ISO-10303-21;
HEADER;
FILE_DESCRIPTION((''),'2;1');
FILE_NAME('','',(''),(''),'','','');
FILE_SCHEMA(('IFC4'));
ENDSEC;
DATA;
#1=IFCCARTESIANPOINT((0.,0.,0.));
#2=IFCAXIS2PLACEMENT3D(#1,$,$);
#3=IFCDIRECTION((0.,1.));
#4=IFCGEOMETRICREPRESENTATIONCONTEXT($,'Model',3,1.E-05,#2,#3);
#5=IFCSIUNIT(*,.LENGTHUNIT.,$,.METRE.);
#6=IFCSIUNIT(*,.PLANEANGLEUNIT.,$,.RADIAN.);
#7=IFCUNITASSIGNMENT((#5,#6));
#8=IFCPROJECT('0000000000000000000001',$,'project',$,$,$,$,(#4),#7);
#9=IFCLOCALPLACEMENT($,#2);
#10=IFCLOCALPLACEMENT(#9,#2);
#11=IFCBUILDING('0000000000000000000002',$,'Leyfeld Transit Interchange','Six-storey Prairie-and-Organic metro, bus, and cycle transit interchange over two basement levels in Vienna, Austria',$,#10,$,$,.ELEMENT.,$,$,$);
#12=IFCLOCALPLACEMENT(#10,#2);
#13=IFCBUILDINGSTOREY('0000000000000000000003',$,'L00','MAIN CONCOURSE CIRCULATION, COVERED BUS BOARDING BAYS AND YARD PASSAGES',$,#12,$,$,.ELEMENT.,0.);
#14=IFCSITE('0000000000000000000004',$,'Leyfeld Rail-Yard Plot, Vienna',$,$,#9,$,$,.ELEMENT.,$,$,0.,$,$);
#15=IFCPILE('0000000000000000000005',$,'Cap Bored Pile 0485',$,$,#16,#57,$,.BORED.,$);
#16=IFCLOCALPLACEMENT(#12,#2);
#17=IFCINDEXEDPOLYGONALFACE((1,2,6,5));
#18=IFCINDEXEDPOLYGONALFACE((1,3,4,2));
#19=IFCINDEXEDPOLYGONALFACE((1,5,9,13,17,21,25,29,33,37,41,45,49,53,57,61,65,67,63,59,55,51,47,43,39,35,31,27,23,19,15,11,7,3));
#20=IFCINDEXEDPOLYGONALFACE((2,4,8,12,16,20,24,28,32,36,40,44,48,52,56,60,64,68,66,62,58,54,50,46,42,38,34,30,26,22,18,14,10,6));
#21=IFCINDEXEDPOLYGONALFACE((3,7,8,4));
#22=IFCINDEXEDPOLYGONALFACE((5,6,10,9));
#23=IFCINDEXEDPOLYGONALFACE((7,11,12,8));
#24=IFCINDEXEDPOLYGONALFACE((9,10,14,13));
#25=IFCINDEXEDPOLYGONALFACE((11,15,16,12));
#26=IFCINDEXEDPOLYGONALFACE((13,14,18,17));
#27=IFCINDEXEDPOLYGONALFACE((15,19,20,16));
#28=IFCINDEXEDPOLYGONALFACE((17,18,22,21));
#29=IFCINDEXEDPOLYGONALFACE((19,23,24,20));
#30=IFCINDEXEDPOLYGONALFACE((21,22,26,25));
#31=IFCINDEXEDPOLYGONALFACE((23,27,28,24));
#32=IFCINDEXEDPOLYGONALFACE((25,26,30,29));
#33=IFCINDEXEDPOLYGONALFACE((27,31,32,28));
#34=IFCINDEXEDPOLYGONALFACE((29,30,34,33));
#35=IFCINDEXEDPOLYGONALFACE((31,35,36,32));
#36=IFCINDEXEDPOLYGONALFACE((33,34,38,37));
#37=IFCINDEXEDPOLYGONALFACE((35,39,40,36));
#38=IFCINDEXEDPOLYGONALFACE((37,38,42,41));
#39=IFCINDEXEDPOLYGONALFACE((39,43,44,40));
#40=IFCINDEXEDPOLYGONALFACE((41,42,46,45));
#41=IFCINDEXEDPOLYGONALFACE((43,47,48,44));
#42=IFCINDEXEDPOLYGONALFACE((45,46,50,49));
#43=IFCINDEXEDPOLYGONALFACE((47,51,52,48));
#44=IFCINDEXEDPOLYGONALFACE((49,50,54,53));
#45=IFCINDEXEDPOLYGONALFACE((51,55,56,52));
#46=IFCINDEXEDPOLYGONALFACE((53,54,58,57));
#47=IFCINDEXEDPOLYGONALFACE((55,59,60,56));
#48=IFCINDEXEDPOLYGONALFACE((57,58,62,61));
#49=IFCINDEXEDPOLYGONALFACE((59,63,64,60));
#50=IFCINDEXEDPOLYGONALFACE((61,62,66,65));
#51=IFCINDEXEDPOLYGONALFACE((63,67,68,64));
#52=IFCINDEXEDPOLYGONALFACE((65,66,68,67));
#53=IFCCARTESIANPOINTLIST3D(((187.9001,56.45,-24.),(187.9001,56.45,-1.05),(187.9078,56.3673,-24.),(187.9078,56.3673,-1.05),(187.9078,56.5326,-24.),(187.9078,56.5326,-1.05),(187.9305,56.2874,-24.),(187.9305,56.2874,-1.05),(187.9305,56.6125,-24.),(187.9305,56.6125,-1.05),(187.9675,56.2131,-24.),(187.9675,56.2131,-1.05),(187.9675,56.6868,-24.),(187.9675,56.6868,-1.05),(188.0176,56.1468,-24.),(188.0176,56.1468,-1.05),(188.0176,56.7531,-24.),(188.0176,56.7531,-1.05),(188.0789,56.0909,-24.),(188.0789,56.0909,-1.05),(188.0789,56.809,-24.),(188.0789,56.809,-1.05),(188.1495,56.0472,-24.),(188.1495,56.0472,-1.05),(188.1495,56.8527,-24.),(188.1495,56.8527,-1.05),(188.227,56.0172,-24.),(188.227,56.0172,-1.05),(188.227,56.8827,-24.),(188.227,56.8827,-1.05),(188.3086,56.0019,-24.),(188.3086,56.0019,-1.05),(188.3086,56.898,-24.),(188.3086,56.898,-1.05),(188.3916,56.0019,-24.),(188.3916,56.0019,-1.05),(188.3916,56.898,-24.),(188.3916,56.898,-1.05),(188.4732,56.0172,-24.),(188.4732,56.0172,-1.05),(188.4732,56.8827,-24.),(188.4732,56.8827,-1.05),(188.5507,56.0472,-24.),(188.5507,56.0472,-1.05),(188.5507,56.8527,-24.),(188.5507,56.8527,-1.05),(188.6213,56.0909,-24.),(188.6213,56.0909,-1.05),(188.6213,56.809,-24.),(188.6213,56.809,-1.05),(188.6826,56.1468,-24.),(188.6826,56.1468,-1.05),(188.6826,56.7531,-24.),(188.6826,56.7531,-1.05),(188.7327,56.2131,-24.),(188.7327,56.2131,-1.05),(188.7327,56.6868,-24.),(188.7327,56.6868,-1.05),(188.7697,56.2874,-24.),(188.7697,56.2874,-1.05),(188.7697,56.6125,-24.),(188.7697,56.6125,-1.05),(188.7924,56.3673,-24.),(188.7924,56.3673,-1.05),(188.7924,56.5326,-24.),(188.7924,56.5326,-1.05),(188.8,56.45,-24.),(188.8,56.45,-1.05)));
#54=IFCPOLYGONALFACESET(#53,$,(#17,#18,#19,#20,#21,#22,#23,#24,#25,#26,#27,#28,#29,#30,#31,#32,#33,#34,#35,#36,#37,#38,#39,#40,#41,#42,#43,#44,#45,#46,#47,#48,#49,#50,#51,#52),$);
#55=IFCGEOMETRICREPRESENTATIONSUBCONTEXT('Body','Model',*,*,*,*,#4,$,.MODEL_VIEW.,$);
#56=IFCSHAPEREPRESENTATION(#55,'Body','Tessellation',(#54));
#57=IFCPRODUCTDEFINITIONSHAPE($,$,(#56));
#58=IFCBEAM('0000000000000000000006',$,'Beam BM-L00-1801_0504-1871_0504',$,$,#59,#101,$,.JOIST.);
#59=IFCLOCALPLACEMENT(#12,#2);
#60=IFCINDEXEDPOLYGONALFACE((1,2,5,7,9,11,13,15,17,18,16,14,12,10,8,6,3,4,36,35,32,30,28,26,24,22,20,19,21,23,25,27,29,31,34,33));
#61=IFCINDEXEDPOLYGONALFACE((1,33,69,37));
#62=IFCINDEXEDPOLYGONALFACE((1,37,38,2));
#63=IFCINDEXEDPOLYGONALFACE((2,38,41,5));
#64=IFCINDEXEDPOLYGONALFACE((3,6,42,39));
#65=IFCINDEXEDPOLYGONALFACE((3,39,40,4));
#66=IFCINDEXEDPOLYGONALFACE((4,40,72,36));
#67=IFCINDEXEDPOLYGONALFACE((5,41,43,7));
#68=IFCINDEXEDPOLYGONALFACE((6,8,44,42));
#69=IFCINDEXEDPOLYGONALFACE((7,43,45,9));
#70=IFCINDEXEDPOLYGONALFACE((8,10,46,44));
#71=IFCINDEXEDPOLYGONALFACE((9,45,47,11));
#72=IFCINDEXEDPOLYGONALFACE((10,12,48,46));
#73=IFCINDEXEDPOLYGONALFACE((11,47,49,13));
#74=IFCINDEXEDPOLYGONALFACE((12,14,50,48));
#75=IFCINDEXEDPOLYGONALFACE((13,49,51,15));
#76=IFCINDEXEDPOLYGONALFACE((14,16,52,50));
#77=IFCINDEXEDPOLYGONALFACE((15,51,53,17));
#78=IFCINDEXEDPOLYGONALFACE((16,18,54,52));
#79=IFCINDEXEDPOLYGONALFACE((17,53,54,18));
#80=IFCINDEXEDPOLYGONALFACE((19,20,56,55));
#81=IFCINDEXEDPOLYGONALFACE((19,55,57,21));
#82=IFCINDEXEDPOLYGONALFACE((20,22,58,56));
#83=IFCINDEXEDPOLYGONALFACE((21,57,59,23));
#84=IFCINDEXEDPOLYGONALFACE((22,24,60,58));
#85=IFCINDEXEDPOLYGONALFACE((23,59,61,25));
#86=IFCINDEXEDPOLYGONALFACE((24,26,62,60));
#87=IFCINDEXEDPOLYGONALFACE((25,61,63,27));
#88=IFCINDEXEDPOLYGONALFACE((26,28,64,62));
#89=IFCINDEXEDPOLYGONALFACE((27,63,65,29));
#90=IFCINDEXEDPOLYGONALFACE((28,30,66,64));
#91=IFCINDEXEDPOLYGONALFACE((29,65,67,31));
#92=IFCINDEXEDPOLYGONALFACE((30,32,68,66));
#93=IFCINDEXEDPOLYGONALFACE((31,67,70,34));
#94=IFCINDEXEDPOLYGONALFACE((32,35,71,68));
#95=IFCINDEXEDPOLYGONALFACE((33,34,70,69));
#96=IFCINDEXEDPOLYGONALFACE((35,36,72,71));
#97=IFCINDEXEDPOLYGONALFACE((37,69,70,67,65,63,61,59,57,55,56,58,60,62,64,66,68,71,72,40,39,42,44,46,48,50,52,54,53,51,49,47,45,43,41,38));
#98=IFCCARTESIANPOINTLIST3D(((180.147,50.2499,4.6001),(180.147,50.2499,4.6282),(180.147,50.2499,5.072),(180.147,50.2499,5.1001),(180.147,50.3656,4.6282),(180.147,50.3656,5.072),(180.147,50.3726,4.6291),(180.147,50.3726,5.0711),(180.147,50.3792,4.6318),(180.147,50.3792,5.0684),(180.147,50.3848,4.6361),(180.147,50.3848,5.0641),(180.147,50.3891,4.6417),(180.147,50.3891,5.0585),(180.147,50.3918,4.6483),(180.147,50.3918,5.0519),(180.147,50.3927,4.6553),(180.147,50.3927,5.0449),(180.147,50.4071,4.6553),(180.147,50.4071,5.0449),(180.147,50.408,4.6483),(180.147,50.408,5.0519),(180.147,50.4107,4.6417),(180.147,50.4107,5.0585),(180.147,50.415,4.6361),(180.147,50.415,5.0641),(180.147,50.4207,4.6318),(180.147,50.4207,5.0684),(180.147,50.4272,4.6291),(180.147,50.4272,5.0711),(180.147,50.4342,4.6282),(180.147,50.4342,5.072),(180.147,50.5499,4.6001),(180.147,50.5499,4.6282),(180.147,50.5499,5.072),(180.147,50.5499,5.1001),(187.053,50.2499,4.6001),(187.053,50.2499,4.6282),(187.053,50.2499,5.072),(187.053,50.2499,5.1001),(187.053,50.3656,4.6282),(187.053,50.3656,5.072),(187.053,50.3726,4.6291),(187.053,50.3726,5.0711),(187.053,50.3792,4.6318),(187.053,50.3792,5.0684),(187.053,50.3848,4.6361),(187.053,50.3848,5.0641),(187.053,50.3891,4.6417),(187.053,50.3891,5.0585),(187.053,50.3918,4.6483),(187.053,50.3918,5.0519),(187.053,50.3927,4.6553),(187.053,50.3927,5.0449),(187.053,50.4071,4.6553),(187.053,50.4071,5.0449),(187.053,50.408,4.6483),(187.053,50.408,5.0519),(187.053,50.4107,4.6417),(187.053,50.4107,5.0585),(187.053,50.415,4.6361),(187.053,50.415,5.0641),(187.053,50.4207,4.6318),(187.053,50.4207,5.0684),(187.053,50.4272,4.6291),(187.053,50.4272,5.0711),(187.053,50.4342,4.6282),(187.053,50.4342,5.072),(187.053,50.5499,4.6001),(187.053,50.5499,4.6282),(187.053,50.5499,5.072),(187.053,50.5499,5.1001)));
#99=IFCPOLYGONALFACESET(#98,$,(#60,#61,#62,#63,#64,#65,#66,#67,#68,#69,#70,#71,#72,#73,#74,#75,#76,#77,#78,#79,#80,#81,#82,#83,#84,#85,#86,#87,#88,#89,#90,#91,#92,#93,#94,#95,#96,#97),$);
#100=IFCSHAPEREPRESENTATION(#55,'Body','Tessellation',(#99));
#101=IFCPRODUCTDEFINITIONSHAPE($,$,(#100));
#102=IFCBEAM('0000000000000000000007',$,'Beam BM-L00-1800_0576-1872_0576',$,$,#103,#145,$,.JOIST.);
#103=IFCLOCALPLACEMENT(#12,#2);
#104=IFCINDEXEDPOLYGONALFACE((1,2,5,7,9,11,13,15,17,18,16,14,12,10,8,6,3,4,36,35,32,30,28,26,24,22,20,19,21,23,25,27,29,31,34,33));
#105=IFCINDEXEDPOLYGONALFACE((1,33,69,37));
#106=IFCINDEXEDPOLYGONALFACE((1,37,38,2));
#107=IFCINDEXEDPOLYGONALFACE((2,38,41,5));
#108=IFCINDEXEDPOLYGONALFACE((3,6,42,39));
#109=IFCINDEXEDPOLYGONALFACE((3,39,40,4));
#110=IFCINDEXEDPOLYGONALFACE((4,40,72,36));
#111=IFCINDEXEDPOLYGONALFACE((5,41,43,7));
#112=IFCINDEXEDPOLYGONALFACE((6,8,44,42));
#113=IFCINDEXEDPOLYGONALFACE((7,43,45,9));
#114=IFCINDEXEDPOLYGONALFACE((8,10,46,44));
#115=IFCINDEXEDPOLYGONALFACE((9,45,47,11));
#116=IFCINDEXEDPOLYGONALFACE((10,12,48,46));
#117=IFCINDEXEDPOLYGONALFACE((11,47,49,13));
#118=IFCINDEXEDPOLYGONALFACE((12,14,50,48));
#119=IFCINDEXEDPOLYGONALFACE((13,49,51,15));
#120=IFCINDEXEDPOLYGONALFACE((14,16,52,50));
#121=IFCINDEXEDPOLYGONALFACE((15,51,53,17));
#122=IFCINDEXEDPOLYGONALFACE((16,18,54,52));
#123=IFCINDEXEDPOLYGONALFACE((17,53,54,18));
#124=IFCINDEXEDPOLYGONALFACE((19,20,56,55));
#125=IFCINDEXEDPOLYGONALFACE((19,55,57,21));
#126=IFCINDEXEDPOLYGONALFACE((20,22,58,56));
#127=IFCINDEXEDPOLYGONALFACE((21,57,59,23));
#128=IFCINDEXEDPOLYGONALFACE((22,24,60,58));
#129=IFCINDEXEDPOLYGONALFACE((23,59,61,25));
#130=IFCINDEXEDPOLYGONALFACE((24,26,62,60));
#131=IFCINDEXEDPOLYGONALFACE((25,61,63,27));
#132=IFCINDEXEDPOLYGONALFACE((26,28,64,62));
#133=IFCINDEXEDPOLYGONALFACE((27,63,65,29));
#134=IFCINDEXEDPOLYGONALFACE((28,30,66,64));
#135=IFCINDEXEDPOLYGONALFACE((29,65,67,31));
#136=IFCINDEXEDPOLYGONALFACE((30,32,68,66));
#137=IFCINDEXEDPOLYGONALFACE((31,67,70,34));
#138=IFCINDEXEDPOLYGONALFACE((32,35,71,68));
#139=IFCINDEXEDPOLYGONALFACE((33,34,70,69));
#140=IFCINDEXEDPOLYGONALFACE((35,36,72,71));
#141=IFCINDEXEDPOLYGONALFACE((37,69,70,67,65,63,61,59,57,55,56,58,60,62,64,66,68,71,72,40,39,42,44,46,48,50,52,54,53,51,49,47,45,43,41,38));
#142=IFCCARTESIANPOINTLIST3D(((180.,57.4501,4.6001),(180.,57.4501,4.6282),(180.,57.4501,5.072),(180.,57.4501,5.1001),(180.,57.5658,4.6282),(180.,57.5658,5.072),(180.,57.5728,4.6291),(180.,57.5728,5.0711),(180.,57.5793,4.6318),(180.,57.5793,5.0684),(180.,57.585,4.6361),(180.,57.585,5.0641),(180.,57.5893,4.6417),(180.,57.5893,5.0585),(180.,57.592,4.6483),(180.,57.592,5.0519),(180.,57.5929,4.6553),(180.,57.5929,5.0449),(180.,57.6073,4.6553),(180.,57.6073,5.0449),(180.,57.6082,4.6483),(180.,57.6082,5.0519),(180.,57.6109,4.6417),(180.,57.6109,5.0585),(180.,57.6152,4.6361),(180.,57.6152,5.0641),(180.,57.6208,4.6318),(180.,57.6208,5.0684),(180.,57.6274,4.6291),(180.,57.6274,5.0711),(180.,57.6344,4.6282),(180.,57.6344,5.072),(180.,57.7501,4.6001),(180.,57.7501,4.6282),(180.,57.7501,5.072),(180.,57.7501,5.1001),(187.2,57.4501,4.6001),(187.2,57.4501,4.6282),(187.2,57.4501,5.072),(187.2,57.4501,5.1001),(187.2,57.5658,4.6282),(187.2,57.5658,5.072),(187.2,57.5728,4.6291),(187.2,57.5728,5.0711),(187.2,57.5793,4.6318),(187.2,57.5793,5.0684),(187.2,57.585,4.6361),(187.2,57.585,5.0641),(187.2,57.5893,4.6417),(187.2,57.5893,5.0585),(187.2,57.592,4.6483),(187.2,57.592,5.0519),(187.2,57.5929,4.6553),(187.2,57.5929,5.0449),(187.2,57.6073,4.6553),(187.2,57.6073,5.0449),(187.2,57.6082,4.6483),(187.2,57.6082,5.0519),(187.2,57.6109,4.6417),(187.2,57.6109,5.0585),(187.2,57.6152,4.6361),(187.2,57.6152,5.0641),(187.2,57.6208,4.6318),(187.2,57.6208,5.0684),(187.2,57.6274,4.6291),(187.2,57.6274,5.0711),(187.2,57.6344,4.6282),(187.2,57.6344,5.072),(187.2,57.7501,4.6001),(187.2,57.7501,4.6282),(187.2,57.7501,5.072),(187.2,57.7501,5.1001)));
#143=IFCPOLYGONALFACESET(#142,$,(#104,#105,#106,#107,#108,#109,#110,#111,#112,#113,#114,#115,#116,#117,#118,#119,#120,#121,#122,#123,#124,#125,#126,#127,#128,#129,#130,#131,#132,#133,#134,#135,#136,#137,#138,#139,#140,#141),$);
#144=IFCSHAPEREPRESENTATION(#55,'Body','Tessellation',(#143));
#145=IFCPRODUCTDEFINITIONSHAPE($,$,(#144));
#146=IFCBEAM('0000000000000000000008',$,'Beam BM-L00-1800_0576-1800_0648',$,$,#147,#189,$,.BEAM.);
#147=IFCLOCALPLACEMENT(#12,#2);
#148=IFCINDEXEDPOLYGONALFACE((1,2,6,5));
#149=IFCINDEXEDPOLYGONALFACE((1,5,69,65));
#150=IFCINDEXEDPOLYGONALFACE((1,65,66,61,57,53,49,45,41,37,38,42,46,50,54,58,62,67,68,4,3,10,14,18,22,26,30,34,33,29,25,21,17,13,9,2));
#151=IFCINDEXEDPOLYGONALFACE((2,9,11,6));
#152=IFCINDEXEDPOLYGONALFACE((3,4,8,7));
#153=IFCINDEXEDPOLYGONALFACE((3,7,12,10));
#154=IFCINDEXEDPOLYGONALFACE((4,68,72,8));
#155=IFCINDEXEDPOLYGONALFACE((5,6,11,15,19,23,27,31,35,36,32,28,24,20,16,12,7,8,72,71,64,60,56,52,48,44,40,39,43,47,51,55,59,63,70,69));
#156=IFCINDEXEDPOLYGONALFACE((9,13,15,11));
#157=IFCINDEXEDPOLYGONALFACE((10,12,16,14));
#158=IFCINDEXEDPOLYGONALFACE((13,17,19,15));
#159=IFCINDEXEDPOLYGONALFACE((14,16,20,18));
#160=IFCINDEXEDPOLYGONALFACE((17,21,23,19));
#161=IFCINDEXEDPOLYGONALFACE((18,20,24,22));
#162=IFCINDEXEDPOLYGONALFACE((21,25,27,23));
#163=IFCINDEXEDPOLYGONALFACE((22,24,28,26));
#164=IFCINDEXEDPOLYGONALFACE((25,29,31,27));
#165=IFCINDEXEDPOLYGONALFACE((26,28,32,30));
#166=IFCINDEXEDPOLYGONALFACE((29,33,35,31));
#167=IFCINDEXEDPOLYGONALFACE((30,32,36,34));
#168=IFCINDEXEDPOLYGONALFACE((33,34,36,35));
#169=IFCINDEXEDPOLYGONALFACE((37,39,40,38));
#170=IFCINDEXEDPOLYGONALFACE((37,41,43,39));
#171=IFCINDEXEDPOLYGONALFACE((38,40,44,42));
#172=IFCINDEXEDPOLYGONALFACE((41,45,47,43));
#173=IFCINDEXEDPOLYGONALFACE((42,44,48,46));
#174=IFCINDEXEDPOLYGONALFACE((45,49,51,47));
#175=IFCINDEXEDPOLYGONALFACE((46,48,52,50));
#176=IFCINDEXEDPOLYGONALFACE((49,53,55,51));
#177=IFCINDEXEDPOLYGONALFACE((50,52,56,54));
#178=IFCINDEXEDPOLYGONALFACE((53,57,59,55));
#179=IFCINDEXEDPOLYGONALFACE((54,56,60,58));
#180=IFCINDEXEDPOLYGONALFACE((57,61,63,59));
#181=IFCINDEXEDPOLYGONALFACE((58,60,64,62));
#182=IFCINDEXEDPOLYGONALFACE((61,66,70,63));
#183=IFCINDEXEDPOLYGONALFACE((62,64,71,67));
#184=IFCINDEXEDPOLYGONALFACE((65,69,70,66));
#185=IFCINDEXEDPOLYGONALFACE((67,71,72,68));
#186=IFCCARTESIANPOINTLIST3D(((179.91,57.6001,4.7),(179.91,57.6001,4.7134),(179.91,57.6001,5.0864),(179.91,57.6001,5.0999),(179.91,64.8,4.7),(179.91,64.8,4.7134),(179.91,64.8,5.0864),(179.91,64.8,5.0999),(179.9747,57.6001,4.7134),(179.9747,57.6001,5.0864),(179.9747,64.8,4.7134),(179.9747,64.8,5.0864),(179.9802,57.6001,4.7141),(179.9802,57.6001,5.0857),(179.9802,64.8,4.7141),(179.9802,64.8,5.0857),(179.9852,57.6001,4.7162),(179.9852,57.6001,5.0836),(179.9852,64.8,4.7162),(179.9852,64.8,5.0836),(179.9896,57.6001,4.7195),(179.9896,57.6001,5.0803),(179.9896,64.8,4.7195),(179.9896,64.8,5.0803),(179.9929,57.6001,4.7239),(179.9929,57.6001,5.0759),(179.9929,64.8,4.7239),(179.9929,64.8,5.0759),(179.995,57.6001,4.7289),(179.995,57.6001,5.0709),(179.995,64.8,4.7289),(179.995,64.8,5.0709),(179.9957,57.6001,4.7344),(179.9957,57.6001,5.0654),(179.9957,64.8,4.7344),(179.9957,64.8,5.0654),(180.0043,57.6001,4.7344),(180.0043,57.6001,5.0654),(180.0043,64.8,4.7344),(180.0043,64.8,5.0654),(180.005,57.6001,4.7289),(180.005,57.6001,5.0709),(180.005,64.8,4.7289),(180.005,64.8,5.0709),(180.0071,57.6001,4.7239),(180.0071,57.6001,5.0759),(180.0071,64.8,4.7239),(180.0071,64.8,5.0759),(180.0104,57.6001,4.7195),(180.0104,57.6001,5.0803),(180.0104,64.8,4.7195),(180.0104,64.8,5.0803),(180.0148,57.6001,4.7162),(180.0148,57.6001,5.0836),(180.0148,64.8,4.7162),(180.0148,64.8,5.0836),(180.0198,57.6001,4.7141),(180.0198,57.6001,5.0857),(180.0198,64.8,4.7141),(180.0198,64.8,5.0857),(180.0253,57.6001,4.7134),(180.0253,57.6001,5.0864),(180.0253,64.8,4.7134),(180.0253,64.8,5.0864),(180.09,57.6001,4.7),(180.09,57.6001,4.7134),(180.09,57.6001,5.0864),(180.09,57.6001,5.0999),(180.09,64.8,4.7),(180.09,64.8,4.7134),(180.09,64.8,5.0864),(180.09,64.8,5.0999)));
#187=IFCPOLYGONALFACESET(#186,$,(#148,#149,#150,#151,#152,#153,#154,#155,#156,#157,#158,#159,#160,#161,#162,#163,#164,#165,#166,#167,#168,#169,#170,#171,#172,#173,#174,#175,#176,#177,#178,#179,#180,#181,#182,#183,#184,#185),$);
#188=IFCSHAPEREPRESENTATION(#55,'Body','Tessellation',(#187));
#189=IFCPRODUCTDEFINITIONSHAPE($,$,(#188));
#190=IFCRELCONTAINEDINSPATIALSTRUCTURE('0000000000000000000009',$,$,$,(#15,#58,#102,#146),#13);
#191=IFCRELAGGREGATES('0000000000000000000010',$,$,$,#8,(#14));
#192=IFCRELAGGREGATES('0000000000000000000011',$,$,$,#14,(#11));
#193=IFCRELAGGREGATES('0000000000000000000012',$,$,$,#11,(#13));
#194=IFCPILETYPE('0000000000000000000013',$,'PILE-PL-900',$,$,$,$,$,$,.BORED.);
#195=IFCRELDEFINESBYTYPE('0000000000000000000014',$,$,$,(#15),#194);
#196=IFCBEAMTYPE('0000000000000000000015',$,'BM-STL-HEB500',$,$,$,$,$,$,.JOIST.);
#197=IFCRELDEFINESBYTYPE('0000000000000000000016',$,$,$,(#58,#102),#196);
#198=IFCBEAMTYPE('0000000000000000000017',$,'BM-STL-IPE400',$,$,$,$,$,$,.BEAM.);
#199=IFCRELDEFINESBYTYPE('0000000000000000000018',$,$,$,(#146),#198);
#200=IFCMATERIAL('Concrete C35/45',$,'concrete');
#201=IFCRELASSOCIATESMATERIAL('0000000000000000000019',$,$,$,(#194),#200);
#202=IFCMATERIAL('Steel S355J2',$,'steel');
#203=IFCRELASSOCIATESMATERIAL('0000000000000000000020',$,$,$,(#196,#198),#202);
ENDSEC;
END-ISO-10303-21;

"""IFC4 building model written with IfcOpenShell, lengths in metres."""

from ifc_helpers import new_model, si_unit, direction, frame, origin, origin_2d, place, context, subcontext, project, spatial, circle, i_section, extrude, material, material_profile, profile_set, type_object, element, save


model = new_model("IFC4")

# Units and contexts
model_context = context("Model", 3, precision=1e-05, world=origin(), true_north=direction((0.0, 1.0)))
body_context = subcontext(model_context, "Body", "Model", "MODEL_VIEW")
ifc_project = project(units=[si_unit("LENGTHUNIT", "METRE"), si_unit("PLANEANGLEUNIT", "RADIAN")], contexts=[model_context])

# Site, building, storey
site_placement = place(None, origin())
site = spatial("IfcSite", under=ifc_project, at=site_placement, Name="Leyfeld Rail-Yard Plot, Vienna", CompositionType="ELEMENT", RefElevation=0.0)
building_placement = place(site_placement, origin())
building = spatial("IfcBuilding", under=site, at=building_placement, Name="Leyfeld Transit Interchange", Description="Six-storey Prairie-and-Organic metro, bus, and cycle transit interchange over two basement levels in Vienna, Austria", CompositionType="ELEMENT")
storey_placement = place(building_placement, origin())
storey = spatial("IfcBuildingStorey", under=building, at=storey_placement, Name="L00", Description="MAIN CONCOURSE CIRCULATION, COVERED BUS BOARDING BAYS AND YARD PASSAGES", CompositionType="ELEMENT", Elevation=0.0)

# Shared definitions
ifc_material_1 = material(Name="Concrete C35/45", Category="concrete")

# Pile
ifc_material_profile_1 = material_profile(ifc_material_1, circle(Radius=0.45, at=origin_2d()), Name="PILE D900")
ifc_profile_set_1 = profile_set([ifc_material_profile_1], Name="Concrete C35/45")
pile_type = type_object("IfcPileType", Name="PILE-PL-900", PredefinedType="BORED", material=ifc_profile_set_1)
for number, where, z_axis, x_axis, name in (
    (1, (188.3501, 56.45, -1.05), (0.0, 0.0, -1.0), (1.0, 0.0, 0.0), "Cap Bored Pile 0485"),
):
    element("IfcPile", number, at=place(storey_placement, frame(where, z_axis=z_axis, x_axis=x_axis)), inside=storey, type_object=pile_type, Name=name, PredefinedType="BORED", context=body_context, shape_type="SweptSolid", body=[
        extrude(circle(Radius=0.45, at=origin_2d()), origin(), (0.0, 0.0, 1.0), 22.95),
    ])

# Beams
ifc_material_2 = material(Name="Steel S355J2", Category="steel")
ifc_material_profile_2 = material_profile(ifc_material_2, i_section(OverallWidth=0.3, OverallDepth=0.5, WebThickness=0.0144, FlangeThickness=0.0281, FilletRadius=0.0271, at=origin_2d()), Name="HEB 500")
ifc_profile_set_2 = profile_set([ifc_material_profile_2], Name="Steel S355J2")
beam_type_1 = type_object("IfcBeamType", Name="BM-STL-HEB500", PredefinedType="JOIST", material=ifc_profile_set_2)
beam_1_placement = place(storey_placement, frame((180.147, 50.3999, 4.8501), z_axis=(1.0, 0.0, 0.0), x_axis=(0.0, 1.0, 0.0)))
element("IfcBeam", 2, at=beam_1_placement, inside=storey, type_object=beam_type_1, Name="Beam BM-L00-1801_0504-1871_0504", PredefinedType="JOIST", context=body_context, shape_type="SweptSolid", body=[
    extrude(i_section(OverallWidth=0.3, OverallDepth=0.5, WebThickness=0.0144, FlangeThickness=0.0281, FilletRadius=0.0271, at=origin_2d()), origin(), (0.0, 0.0, 1.0), 6.906),
])
beam_2_placement = place(storey_placement, frame((180.0, 57.6001, 4.8501), z_axis=(1.0, 0.0, 0.0), x_axis=(0.0, 1.0, 0.0)))
element("IfcBeam", 3, at=beam_2_placement, inside=storey, type_object=beam_type_1, Name="Beam BM-L00-1800_0576-1872_0576", PredefinedType="JOIST", context=body_context, shape_type="SweptSolid", body=[
    extrude(i_section(OverallWidth=0.3, OverallDepth=0.5, WebThickness=0.0144, FlangeThickness=0.0281, FilletRadius=0.0271, at=origin_2d()), origin(), (0.0, 0.0, 1.0), 7.2),
])
ifc_material_profile_3 = material_profile(ifc_material_2, i_section(OverallWidth=0.1799, OverallDepth=0.3999, WebThickness=0.0085, FlangeThickness=0.0134, FilletRadius=0.021, at=origin_2d()), Name="IPE 400")
ifc_profile_set_3 = profile_set([ifc_material_profile_3], Name="Steel S355J2")
beam_type_2 = type_object("IfcBeamType", Name="BM-STL-IPE400", PredefinedType="BEAM", material=ifc_profile_set_3)
beam_3_placement = place(storey_placement, frame((180.0, 57.6001, 4.8999), z_axis=(0.0, 1.0, 0.0), x_axis=(-1.0, 0.0, 0.0)))
element("IfcBeam", 4, at=beam_3_placement, inside=storey, type_object=beam_type_2, Name="Beam BM-L00-1800_0576-1800_0648", PredefinedType="BEAM", context=body_context, shape_type="SweptSolid", body=[
    extrude(i_section(OverallWidth=0.1799, OverallDepth=0.3999, WebThickness=0.0085, FlangeThickness=0.0134, FilletRadius=0.021, at=origin_2d()), origin(), (0.0, 0.0, 1.0), 7.2),
])

save(model, "model.ifc")
